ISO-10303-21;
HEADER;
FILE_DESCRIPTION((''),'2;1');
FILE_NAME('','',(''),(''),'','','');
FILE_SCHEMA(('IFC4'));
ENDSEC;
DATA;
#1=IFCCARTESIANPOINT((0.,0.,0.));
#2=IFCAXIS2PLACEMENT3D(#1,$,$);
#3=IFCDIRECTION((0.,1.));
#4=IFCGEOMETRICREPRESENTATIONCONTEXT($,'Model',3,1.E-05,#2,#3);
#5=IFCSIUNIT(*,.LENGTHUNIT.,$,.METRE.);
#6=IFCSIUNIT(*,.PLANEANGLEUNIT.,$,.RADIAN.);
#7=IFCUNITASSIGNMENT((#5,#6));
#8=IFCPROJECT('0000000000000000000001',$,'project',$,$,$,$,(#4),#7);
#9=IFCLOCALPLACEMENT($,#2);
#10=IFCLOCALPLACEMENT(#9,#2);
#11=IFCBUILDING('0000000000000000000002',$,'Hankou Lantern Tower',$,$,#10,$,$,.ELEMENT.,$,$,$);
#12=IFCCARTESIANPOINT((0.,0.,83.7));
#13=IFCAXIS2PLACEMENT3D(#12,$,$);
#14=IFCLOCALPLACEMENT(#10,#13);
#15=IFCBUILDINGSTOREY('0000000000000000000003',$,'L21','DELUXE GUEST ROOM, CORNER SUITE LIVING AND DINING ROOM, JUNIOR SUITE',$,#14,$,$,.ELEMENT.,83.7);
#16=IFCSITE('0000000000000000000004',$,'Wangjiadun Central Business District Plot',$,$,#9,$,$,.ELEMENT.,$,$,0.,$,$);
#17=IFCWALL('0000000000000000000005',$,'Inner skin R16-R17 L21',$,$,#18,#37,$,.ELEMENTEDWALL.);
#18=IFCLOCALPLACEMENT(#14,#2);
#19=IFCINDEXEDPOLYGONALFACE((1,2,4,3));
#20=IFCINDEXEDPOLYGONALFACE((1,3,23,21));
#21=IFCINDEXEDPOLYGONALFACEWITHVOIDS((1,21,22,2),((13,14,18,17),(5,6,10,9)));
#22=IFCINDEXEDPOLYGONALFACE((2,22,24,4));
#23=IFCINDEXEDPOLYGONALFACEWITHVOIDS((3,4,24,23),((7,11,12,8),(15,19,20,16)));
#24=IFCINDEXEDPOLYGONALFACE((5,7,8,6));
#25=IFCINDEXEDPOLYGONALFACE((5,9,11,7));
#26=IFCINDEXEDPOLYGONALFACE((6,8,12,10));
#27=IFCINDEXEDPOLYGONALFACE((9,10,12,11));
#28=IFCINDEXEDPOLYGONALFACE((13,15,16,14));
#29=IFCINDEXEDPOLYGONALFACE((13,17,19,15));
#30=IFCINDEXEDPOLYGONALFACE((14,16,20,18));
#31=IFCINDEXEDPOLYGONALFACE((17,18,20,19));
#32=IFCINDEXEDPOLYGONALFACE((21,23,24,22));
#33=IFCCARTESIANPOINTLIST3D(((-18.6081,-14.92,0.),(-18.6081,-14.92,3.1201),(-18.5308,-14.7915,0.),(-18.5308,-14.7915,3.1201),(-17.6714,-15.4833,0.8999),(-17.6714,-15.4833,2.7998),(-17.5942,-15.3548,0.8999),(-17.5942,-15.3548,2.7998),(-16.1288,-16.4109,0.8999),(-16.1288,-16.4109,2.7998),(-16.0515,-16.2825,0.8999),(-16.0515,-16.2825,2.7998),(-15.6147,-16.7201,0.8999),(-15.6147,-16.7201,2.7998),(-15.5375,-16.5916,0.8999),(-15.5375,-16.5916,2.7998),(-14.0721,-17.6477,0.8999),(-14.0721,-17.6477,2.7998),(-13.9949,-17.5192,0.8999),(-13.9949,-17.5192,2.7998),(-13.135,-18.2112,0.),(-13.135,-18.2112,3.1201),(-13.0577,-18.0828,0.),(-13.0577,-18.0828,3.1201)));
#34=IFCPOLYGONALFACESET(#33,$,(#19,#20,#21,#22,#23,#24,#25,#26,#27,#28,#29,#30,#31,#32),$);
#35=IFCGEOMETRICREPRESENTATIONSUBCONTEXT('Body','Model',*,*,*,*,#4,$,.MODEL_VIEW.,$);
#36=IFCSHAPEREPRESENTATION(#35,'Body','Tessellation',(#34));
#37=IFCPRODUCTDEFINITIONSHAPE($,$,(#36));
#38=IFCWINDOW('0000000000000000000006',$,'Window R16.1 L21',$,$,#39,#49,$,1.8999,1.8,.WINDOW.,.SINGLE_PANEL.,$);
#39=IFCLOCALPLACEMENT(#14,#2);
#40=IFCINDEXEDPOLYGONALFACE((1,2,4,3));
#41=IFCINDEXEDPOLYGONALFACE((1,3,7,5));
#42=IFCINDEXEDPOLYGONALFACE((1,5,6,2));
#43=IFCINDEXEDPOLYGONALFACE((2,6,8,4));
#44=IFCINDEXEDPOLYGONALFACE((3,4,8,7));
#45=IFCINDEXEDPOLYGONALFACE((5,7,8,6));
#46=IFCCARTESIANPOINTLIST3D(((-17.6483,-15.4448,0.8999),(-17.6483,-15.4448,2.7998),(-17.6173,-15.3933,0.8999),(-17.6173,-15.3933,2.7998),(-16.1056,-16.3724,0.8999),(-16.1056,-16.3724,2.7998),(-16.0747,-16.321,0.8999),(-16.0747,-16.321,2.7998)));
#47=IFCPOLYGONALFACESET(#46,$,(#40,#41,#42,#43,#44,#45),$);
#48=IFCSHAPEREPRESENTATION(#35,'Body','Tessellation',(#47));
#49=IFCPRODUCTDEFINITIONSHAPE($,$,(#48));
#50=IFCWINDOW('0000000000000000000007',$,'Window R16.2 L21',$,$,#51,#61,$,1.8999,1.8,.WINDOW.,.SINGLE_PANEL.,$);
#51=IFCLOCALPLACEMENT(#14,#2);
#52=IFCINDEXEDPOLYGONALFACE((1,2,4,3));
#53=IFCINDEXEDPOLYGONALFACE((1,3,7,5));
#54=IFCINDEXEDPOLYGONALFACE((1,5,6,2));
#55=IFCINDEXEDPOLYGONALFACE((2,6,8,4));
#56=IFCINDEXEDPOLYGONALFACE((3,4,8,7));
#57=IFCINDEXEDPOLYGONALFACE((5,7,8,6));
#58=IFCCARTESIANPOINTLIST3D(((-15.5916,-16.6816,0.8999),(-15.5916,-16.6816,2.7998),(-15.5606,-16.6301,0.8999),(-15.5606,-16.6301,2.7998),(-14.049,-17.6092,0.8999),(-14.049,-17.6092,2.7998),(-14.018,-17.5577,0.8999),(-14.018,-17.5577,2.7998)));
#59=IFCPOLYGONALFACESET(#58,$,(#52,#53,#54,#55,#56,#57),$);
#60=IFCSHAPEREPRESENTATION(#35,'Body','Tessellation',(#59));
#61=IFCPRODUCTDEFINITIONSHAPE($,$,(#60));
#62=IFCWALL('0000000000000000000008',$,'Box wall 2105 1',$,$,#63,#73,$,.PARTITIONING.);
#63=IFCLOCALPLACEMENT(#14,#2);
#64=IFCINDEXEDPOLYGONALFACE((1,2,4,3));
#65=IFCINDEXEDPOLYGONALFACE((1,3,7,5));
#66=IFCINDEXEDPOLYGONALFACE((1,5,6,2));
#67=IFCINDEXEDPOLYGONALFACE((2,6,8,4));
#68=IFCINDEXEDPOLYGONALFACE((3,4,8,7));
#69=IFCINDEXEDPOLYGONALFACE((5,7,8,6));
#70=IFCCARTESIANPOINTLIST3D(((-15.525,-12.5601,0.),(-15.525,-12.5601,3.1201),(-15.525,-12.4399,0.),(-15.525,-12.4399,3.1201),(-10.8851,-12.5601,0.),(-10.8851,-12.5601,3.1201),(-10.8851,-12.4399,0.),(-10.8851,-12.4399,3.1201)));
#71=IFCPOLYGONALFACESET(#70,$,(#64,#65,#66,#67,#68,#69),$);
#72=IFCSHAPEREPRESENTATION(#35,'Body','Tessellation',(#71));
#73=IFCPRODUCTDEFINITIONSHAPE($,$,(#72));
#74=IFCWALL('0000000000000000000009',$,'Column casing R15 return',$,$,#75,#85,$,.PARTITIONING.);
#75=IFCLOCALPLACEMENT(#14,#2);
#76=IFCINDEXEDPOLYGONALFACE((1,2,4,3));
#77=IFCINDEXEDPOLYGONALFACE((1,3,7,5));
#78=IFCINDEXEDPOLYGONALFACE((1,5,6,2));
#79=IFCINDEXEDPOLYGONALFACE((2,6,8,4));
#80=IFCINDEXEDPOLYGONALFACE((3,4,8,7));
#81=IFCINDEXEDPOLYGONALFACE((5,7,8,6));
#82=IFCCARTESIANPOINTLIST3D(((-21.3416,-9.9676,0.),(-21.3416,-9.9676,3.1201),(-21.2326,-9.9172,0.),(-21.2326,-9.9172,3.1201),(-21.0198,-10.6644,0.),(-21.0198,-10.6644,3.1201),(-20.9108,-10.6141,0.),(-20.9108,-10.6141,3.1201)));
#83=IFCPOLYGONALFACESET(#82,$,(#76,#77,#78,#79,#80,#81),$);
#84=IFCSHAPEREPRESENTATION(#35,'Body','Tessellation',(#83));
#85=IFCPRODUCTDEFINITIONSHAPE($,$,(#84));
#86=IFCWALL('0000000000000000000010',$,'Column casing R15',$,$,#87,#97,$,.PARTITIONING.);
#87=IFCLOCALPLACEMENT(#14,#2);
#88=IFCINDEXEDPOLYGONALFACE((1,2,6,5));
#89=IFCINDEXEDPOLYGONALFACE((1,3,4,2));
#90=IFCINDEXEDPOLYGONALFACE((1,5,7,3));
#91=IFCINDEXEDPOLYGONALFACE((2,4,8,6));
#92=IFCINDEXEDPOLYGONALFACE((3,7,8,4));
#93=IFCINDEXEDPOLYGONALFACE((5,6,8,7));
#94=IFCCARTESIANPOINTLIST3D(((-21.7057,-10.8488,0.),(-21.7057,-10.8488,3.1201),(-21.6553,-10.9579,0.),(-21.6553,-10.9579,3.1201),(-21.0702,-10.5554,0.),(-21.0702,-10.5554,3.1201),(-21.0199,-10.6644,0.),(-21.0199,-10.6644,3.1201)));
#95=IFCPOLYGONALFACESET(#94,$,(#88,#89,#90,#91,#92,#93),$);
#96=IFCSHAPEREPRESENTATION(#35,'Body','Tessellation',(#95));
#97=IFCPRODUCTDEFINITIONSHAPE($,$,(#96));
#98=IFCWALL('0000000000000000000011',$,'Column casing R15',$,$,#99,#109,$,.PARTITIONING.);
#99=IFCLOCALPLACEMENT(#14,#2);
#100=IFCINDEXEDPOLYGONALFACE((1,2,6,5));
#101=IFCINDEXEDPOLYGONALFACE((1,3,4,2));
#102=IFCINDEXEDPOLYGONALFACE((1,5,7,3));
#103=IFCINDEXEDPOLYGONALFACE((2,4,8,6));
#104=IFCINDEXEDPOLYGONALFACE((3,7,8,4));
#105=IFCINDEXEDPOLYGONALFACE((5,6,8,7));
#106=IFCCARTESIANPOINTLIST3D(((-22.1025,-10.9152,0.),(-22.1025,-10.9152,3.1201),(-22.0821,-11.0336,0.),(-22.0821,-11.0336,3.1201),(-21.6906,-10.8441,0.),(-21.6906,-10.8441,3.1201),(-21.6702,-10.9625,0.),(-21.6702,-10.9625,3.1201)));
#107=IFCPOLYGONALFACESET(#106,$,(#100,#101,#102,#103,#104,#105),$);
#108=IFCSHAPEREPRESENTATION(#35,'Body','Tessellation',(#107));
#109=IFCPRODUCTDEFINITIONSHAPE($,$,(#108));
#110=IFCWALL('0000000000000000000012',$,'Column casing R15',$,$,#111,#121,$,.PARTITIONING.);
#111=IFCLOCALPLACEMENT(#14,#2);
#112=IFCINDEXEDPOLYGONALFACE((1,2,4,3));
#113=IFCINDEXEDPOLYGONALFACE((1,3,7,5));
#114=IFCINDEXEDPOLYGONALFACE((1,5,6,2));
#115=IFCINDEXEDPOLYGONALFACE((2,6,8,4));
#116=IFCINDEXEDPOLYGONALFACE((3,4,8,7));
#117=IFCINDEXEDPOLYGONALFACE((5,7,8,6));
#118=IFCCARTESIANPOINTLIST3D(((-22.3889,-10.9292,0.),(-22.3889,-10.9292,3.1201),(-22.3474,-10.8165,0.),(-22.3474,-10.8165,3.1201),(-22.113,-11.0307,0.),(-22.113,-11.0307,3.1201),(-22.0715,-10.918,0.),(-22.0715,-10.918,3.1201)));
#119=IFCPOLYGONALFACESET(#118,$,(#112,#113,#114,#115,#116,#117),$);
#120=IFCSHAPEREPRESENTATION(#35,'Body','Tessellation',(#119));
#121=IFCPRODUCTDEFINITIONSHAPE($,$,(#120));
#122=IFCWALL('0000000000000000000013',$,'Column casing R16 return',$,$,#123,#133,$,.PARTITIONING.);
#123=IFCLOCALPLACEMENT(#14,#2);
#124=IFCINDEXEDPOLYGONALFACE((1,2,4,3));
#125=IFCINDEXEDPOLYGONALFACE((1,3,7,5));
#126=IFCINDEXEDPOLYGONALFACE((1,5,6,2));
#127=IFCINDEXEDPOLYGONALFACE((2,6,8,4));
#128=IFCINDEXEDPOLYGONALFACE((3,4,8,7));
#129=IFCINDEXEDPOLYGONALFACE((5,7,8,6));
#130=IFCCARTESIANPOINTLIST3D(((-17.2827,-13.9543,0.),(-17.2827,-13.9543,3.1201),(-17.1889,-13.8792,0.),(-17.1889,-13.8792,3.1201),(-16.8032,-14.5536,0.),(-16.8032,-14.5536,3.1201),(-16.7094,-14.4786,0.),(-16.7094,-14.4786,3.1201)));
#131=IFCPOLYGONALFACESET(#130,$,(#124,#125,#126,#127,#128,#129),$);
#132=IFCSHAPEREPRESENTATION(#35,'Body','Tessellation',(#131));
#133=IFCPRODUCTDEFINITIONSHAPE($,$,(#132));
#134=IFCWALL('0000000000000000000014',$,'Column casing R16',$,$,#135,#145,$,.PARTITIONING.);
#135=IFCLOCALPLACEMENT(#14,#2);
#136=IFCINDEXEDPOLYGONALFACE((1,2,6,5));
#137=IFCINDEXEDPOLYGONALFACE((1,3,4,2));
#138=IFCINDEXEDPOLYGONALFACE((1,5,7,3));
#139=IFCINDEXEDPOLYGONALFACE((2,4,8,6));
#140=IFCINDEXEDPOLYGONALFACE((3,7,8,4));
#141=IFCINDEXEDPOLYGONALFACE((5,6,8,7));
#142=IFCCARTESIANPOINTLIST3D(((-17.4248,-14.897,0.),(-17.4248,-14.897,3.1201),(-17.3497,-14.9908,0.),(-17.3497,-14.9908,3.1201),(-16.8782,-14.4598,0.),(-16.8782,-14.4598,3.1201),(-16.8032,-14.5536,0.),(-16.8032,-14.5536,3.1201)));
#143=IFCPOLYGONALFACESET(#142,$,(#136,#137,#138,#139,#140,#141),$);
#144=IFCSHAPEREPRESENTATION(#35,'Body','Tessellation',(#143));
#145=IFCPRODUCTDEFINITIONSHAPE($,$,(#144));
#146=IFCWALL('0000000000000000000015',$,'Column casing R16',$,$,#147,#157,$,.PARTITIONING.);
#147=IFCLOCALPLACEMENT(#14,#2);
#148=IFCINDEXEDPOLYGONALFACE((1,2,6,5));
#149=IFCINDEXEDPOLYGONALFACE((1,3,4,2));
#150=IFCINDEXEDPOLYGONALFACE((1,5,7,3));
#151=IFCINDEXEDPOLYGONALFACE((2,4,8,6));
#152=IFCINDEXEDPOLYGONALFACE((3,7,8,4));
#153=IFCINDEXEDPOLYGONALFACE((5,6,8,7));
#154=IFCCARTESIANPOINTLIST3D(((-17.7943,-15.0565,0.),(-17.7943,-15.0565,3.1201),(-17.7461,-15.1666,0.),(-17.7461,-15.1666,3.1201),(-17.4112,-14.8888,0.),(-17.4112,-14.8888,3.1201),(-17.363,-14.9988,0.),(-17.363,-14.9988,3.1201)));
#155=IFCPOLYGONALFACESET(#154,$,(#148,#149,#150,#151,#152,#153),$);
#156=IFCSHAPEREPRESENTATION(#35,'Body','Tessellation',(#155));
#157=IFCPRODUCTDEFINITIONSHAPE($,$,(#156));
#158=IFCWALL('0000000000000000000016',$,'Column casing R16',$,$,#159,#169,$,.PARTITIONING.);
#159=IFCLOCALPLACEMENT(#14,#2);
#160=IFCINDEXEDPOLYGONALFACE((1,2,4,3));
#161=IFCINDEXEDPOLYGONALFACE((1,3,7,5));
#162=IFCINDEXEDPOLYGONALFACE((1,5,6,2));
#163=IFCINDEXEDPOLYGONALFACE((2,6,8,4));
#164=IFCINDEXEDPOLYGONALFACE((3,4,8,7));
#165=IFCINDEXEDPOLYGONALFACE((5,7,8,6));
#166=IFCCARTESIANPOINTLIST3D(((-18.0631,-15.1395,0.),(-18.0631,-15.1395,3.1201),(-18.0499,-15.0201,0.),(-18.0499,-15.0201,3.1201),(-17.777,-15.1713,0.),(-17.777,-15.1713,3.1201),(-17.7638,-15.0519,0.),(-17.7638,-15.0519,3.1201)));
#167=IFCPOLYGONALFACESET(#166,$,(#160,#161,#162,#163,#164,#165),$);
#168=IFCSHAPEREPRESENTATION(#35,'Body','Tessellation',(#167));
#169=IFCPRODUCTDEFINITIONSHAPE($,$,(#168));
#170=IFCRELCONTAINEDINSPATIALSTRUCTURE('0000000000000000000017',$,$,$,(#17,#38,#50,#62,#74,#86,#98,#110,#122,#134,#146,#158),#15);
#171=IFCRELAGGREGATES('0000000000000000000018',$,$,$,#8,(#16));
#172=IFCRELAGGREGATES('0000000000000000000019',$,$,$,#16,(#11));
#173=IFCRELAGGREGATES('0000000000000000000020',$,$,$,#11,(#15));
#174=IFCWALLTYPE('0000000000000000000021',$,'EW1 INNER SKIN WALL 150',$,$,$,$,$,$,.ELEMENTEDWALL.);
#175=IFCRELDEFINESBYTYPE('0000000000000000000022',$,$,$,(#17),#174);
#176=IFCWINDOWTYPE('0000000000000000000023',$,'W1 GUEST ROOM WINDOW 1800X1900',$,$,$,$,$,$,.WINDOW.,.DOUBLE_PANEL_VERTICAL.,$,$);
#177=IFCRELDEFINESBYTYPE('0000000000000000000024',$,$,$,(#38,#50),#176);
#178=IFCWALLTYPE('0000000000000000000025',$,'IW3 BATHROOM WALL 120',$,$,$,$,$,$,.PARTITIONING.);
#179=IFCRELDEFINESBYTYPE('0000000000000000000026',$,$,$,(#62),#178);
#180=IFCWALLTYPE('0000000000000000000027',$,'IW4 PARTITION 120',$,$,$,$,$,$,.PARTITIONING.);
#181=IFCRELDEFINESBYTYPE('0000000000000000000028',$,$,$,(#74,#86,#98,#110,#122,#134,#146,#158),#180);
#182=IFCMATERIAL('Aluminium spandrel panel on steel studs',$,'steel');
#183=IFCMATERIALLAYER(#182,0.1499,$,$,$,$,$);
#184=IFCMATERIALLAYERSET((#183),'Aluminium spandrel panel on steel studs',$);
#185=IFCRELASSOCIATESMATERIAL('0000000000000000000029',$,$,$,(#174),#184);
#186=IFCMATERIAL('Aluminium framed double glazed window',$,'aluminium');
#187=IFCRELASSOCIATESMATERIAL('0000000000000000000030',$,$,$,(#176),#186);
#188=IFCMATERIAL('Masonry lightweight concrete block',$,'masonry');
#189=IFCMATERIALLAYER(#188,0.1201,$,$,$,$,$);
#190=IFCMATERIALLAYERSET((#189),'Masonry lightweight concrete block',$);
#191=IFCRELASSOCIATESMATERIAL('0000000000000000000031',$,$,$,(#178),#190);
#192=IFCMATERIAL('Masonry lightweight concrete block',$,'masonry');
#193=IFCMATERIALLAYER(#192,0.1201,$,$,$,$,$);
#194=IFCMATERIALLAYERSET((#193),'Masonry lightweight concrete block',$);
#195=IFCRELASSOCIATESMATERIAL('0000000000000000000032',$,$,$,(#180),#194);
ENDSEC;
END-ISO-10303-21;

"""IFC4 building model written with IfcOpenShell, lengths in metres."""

from ifc_helpers import new_model, si_unit, direction, frame, frame_2d, origin, place, context, subcontext, project, spatial, rectangle, extrude, material, layer, layer_set, type_object, element, fill, save


model = new_model("IFC4")

# Units and contexts
model_context = context("Model", 3, precision=1e-05, world=origin(), true_north=direction((0.0, 1.0)))
body_context = subcontext(model_context, "Body", "Model", "MODEL_VIEW")
ifc_project = project(units=[si_unit("LENGTHUNIT", "METRE"), si_unit("PLANEANGLEUNIT", "RADIAN")], contexts=[model_context])

# Site, building, storey
site_placement = place(None, origin())
site = spatial("IfcSite", under=ifc_project, at=site_placement, Name="Wangjiadun Central Business District Plot", CompositionType="ELEMENT", RefElevation=0.0)
building_placement = place(site_placement, origin())
building = spatial("IfcBuilding", under=site, at=building_placement, Name="Hankou Lantern Tower", CompositionType="ELEMENT")
storey_placement = place(building_placement, frame((0.0, 0.0, 83.7)))
storey = spatial("IfcBuildingStorey", under=building, at=storey_placement, Name="L21", Description="DELUXE GUEST ROOM, CORNER SUITE LIVING AND DINING ROOM, JUNIOR SUITE", CompositionType="ELEMENT", Elevation=83.7)

# Wall, openings, windows
ifc_material_1 = material(Name="Aluminium spandrel panel on steel studs", Category="steel")
ifc_layer_1 = layer(ifc_material_1, 0.1499)
ifc_layer_set_1 = layer_set([ifc_layer_1], Name="Aluminium spandrel panel on steel studs")
wall_type_1 = type_object("IfcWallType", Name="EW1 INNER SKIN WALL 150", PredefinedType="ELEMENTEDWALL", material=ifc_layer_set_1)
ifc_material_2 = material(Name="Aluminium framed double glazed window", Category="aluminium")
window_type = type_object("IfcWindowType", Name="W1 GUEST ROOM WINDOW 1800X1900", PartitioningType="DOUBLE_PANEL_VERTICAL", PredefinedType="WINDOW", material=ifc_material_2)
wall_1_placement = place(storey_placement, frame((-18.5696, -14.8557, 0.0), z_axis=(0.0, 0.0, 1.0), x_axis=(0.856983, -0.515344, 0.0)))
wall_1 = element("IfcWall", 1, at=wall_1_placement, inside=storey, type_object=wall_type_1, Name="Inner skin R16-R17 L21", PredefinedType="ELEMENTEDWALL", context=body_context, shape_type="SweptSolid", body=[
    extrude(rectangle(XDim=6.3865, YDim=0.1499, at=frame_2d((3.1934, 0.0))), origin(), (0.0, 0.0, 1.0), 3.1201),
])
opening_1_placement = place(wall_1_placement, frame((1.0933, 0.0, 0.8999)))
opening_1 = element("IfcOpeningElement", 2, at=opening_1_placement, cuts=wall_1, PredefinedType="OPENING", context=body_context, shape_type="SweptSolid", body=[
    extrude(rectangle(XDim=1.8, YDim=1.8999, at=frame_2d((0.8999, 0.95))), frame((0.0, 0.085, 0.0), z_axis=(0.0, -1.0, 0.0), x_axis=(1.0, 0.0, 0.0)), (0.0, 0.0, 1.0), 0.1699),
])
opening_2_placement = place(wall_1_placement, frame((3.4932, 0.0, 0.8999)))
opening_2 = element("IfcOpeningElement", 3, at=opening_2_placement, cuts=wall_1, PredefinedType="OPENING", context=body_context, shape_type="SweptSolid", body=[
    extrude(rectangle(XDim=1.8, YDim=1.8999, at=frame_2d((0.8999, 0.95))), frame((0.0, 0.085, 0.0), z_axis=(0.0, -1.0, 0.0), x_axis=(1.0, 0.0, 0.0)), (0.0, 0.0, 1.0), 0.1699),
])
window_1_placement = place(opening_1_placement, origin())
window_1 = element("IfcWindow", 4, at=window_1_placement, inside=storey, type_object=window_type, Name="Window R16.1 L21", OverallHeight=1.8999, OverallWidth=1.8, PartitioningType="SINGLE_PANEL", PredefinedType="WINDOW", context=body_context, shape_type="SweptSolid", body=[
    extrude(rectangle(XDim=1.8, YDim=1.8999, at=frame_2d((0.8999, 0.95))), frame((0.0, 0.03, 0.0), z_axis=(0.0, -1.0, 0.0), x_axis=(1.0, 0.0, 0.0)), (0.0, 0.0, 1.0), 0.0601),
])
fill(opening_1, window_1)
window_2_placement = place(opening_2_placement, origin())
window_2 = element("IfcWindow", 5, at=window_2_placement, inside=storey, type_object=window_type, Name="Window R16.2 L21", OverallHeight=1.8999, OverallWidth=1.8, PartitioningType="SINGLE_PANEL", PredefinedType="WINDOW", context=body_context, shape_type="SweptSolid", body=[
    extrude(rectangle(XDim=1.8, YDim=1.8999, at=frame_2d((0.8999, 0.95))), frame((0.0, 0.03, 0.0), z_axis=(0.0, -1.0, 0.0), x_axis=(1.0, 0.0, 0.0)), (0.0, 0.0, 1.0), 0.0601),
])
fill(opening_2, window_2)

# Walls
ifc_material_3 = material(Name="Masonry lightweight concrete block", Category="masonry")
ifc_layer_2 = layer(ifc_material_3, 0.1201)
ifc_layer_set_2 = layer_set([ifc_layer_2], Name="Masonry lightweight concrete block")
wall_type_2 = type_object("IfcWallType", Name="IW3 BATHROOM WALL 120", PredefinedType="PARTITIONING", material=ifc_layer_set_2)
wall_2_placement = place(storey_placement, frame((-15.5249, -12.5, 0.0), z_axis=(0.0, 0.0, 1.0), x_axis=(1.0, 0.0, 0.0)))
element("IfcWall", 6, at=wall_2_placement, inside=storey, type_object=wall_type_2, Name="Box wall 2105 1", PredefinedType="PARTITIONING", context=body_context, shape_type="SweptSolid", body=[
    extrude(rectangle(XDim=4.6399, YDim=0.1201, at=frame_2d((2.3198, 0.0))), origin(), (0.0, 0.0, 1.0), 3.1201),
])
ifc_material_4 = material(Name="Masonry lightweight concrete block", Category="masonry")
ifc_layer_3 = layer(ifc_material_4, 0.1201)
ifc_layer_set_3 = layer_set([ifc_layer_3], Name="Masonry lightweight concrete block")
wall_type_3 = type_object("IfcWallType", Name="IW4 PARTITION 120", PredefinedType="PARTITIONING", material=ifc_layer_set_3)
wall_3_placement = place(storey_placement, frame((-21.2871, -9.9424, 0.0), z_axis=(0.0, 0.0, 1.0), x_axis=(0.41926, -0.907866, 0.0)))
element("IfcWall", 7, at=wall_3_placement, inside=storey, type_object=wall_type_3, Name="Column casing R15 return", PredefinedType="PARTITIONING", context=body_context, shape_type="SweptSolid", body=[
    extrude(rectangle(XDim=0.7676, YDim=0.1201, at=frame_2d((0.3838, 0.0))), origin(), (0.0, 0.0, 1.0), 3.1201),
])
wall_4_placement = place(storey_placement, frame((-21.0449, -10.6099, 0.0), z_axis=(0.0, 0.0, 1.0), x_axis=(-0.907878, -0.419235, 0.0)))
element("IfcWall", 8, at=wall_4_placement, inside=storey, type_object=wall_type_3, Name="Column casing R15", PredefinedType="PARTITIONING", context=body_context, shape_type="SweptSolid", body=[
    extrude(rectangle(XDim=0.7, YDim=0.1201, at=frame_2d((0.3501, 0.0))), origin(), (0.0, 0.0, 1.0), 3.1201),
])
wall_5_placement = place(storey_placement, frame((-21.6804, -10.9033, 0.0), z_axis=(0.0, 0.0, 1.0), x_axis=(-0.985447, -0.169985, 0.0)))
element("IfcWall", 9, at=wall_5_placement, inside=storey, type_object=wall_type_3, Name="Column casing R15", PredefinedType="PARTITIONING", context=body_context, shape_type="SweptSolid", body=[
    extrude(rectangle(XDim=0.418, YDim=0.1201, at=frame_2d((0.209, 0.0))), origin(), (0.0, 0.0, 1.0), 3.1201),
])
wall_6_placement = place(storey_placement, frame((-22.0923, -10.9744, 0.0), z_axis=(0.0, 0.0, 1.0), x_axis=(-0.938428, 0.345474, 0.0)))
element("IfcWall", 10, at=wall_6_placement, inside=storey, type_object=wall_type_3, Name="Column casing R15", PredefinedType="PARTITIONING", context=body_context, shape_type="SweptSolid", body=[
    extrude(rectangle(XDim=0.2939, YDim=0.1201, at=frame_2d((0.147, 0.0))), origin(), (0.0, 0.0, 1.0), 3.1201),
])
wall_7_placement = place(storey_placement, frame((-17.2358, -13.9167, 0.0), z_axis=(0.0, 0.0, 1.0), x_axis=(0.624695, -0.780869, 0.0)))
element("IfcWall", 11, at=wall_7_placement, inside=storey, type_object=wall_type_3, Name="Column casing R16 return", PredefinedType="PARTITIONING", context=body_context, shape_type="SweptSolid", body=[
    extrude(rectangle(XDim=0.7676, YDim=0.1201, at=frame_2d((0.3838, 0.0))), origin(), (0.0, 0.0, 1.0), 3.1201),
])
wall_8_placement = place(storey_placement, frame((-16.8406, -14.5066, 0.0), z_axis=(0.0, 0.0, 1.0), x_axis=(-0.780903, -0.624653, 0.0)))
element("IfcWall", 12, at=wall_8_placement, inside=storey, type_object=wall_type_3, Name="Column casing R16", PredefinedType="PARTITIONING", context=body_context, shape_type="SweptSolid", body=[
    extrude(rectangle(XDim=0.7, YDim=0.1201, at=frame_2d((0.3501, 0.0))), origin(), (0.0, 0.0, 1.0), 3.1201),
])
wall_9_placement = place(storey_placement, frame((-17.3872, -14.9438, 0.0), z_axis=(0.0, 0.0, 1.0), x_axis=(-0.916037, -0.401094, 0.0)))
element("IfcWall", 13, at=wall_9_placement, inside=storey, type_object=wall_type_3, Name="Column casing R16", PredefinedType="PARTITIONING", context=body_context, shape_type="SweptSolid", body=[
    extrude(rectangle(XDim=0.4182, YDim=0.1201, at=frame_2d((0.209, 0.0))), origin(), (0.0, 0.0, 1.0), 3.1201),
])
wall_10_placement = place(storey_placement, frame((-17.7703, -15.1116, 0.0), z_axis=(0.0, 0.0, 1.0), x_axis=(-0.993904, 0.110245, 0.0)))
element("IfcWall", 14, at=wall_10_placement, inside=storey, type_object=wall_type_3, Name="Column casing R16", PredefinedType="PARTITIONING", context=body_context, shape_type="SweptSolid", body=[
    extrude(rectangle(XDim=0.2878, YDim=0.1201, at=frame_2d((0.144, 0.0))), origin(), (0.0, 0.0, 1.0), 3.1201),
])

save(model, "model.ifc")
